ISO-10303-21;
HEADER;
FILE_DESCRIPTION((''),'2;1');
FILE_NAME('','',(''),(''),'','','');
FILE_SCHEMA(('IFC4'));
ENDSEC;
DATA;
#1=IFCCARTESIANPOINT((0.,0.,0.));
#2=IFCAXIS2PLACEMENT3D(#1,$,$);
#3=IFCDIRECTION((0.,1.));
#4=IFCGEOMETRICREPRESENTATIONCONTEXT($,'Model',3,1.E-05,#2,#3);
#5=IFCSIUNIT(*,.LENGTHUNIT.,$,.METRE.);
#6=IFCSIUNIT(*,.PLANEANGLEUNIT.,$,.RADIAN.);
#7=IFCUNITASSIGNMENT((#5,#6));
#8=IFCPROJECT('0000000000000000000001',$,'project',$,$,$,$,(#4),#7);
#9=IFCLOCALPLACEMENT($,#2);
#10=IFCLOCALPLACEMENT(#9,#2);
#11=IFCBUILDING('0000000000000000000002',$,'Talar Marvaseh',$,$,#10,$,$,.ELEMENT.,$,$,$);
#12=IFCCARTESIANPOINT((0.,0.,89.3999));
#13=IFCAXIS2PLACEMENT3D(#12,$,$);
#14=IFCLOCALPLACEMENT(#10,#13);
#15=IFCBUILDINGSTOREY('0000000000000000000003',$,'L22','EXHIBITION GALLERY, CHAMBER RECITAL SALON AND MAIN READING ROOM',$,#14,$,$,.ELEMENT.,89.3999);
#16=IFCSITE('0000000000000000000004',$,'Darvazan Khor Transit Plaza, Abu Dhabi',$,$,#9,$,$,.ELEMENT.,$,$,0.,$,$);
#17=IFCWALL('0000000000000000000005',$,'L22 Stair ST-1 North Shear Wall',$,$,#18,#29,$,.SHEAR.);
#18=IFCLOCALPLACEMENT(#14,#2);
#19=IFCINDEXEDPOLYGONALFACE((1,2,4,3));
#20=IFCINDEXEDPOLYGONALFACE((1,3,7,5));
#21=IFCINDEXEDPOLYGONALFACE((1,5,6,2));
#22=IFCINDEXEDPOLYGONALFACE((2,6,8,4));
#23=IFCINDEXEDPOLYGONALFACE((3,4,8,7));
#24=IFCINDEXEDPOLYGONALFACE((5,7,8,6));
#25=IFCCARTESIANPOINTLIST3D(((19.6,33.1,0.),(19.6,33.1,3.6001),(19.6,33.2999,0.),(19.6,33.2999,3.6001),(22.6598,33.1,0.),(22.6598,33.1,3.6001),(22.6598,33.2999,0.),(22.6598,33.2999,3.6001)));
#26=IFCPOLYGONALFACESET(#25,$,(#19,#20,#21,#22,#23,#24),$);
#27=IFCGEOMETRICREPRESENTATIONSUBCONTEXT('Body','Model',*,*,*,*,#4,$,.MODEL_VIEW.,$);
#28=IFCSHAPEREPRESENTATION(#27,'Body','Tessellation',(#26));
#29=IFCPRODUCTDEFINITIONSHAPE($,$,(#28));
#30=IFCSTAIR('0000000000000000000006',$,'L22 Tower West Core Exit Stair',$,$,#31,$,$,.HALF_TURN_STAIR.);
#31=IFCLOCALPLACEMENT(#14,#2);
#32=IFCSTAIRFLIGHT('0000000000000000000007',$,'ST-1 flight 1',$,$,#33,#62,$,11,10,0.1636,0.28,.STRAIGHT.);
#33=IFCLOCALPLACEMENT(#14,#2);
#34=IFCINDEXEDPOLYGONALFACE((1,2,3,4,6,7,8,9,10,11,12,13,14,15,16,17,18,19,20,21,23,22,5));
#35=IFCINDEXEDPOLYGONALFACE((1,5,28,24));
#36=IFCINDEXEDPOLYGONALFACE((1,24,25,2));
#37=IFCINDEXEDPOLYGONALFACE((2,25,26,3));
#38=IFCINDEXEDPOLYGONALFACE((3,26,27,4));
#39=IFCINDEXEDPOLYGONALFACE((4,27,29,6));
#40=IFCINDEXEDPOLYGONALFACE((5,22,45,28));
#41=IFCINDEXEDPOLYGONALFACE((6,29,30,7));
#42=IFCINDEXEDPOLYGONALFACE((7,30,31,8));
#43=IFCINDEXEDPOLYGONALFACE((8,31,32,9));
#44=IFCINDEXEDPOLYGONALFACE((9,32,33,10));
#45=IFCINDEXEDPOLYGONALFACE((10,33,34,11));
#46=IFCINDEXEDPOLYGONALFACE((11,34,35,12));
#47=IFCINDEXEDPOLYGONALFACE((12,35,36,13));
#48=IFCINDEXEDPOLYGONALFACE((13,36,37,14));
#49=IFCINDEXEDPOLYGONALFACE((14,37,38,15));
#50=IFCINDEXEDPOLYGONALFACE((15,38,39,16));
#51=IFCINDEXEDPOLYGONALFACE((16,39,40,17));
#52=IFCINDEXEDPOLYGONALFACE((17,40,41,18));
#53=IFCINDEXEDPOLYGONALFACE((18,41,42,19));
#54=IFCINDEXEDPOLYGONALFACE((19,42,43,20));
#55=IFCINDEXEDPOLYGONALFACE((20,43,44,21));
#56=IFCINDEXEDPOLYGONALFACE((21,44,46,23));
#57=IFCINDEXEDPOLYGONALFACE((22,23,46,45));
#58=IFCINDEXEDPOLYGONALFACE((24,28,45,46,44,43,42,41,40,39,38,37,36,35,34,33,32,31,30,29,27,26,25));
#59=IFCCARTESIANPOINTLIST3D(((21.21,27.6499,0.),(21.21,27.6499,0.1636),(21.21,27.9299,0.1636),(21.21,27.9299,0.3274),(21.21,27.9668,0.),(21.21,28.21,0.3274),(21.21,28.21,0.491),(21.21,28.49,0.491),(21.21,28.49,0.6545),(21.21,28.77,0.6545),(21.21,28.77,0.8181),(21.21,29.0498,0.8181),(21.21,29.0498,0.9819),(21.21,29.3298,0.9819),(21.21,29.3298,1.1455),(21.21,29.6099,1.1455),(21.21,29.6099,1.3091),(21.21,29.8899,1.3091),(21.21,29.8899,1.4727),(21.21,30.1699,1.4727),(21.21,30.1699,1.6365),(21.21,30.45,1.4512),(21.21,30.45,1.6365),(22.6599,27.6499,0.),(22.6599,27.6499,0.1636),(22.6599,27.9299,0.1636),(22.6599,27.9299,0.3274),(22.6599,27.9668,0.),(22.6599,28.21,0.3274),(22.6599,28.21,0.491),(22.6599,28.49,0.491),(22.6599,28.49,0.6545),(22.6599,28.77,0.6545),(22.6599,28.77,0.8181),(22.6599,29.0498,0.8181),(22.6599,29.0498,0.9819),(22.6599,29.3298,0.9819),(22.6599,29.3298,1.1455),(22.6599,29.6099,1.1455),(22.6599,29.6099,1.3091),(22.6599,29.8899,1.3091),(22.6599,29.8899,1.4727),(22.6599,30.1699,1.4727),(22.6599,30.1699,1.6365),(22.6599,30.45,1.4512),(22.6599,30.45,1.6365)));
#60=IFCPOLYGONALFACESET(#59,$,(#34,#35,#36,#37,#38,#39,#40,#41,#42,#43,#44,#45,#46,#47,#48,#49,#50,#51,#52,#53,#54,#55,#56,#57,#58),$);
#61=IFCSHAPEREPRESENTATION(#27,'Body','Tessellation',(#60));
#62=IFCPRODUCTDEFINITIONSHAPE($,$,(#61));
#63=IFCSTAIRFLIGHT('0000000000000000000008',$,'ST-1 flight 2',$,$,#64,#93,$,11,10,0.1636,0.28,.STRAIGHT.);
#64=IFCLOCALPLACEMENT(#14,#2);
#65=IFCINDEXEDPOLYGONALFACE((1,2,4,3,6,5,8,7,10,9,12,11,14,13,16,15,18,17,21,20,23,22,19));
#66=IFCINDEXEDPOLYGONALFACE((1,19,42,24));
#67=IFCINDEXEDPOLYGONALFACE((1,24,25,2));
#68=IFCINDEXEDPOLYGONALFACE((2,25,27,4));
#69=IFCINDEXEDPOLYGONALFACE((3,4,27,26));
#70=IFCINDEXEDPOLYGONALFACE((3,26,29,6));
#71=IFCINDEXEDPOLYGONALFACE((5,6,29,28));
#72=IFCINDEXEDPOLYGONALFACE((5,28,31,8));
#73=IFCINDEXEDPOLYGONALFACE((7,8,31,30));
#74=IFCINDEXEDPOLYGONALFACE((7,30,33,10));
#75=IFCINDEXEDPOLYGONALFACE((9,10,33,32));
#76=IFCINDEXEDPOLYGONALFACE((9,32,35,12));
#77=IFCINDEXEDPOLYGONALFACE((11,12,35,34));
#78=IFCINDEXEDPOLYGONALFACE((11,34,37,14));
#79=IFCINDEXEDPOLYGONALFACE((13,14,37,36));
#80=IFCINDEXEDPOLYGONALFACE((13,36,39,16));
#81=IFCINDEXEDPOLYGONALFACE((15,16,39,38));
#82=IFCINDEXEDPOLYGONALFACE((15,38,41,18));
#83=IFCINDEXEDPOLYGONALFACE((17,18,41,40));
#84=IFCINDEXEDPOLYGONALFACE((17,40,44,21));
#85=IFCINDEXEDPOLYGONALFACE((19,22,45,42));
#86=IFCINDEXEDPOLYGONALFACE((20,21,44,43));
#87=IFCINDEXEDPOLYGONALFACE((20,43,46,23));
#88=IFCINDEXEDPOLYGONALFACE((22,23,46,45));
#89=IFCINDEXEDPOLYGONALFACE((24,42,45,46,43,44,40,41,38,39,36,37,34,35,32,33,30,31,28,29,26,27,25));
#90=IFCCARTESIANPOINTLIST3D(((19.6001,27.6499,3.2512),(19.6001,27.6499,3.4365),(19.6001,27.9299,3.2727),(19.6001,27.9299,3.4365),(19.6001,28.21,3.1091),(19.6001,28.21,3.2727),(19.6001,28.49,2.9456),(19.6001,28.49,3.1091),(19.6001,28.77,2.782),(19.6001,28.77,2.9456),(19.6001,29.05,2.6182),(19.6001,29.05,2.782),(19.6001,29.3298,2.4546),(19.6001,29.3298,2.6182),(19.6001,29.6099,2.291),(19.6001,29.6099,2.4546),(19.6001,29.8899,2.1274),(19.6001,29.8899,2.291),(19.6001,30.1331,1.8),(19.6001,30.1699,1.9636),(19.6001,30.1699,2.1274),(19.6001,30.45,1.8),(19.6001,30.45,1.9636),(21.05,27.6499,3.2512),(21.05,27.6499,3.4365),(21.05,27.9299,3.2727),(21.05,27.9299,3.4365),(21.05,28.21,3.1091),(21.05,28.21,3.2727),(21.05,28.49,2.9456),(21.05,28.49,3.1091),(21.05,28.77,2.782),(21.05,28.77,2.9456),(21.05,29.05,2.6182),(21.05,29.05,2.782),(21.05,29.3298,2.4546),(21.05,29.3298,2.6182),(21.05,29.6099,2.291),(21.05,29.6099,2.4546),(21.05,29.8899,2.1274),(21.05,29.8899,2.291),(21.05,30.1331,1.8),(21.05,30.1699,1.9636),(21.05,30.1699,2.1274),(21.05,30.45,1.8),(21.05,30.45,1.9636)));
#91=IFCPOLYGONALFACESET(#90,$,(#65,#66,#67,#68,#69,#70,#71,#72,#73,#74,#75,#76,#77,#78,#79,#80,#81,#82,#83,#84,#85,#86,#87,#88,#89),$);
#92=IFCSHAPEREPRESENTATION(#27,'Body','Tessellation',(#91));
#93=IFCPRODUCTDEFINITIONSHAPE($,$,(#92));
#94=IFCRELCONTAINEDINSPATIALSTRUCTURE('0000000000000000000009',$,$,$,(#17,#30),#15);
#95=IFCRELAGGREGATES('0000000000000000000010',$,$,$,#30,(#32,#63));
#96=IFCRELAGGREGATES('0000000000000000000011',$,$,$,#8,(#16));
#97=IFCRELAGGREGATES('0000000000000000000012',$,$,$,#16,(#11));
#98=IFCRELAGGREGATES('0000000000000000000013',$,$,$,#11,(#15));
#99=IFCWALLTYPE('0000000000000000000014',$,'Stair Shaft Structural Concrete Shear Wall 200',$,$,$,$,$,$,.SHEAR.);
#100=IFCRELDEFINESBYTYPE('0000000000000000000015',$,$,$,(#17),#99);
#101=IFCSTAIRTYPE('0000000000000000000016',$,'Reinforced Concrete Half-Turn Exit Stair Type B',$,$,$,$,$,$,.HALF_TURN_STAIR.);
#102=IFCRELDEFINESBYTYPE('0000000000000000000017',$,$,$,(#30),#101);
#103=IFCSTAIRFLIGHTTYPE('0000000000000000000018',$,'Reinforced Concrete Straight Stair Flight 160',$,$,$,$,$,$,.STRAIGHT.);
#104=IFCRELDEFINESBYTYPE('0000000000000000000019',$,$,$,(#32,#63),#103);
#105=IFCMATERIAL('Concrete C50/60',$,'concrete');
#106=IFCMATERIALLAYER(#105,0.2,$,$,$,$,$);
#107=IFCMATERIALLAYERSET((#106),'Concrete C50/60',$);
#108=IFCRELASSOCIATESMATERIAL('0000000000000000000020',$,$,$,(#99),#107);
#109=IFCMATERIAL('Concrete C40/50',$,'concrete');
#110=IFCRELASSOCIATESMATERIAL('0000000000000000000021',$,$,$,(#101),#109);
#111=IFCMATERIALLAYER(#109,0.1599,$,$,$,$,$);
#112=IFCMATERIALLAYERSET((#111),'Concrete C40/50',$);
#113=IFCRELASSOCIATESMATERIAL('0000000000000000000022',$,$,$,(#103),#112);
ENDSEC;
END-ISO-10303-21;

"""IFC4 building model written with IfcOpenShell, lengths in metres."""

from ifc_helpers import new_model, si_unit, direction, frame, frame_2d, origin, place, context, subcontext, project, spatial, polyline, rectangle, outline, extrude, material, layer, layer_set, type_object, element, aggregate, save


model = new_model("IFC4")

# Units and contexts
model_context = context("Model", 3, precision=1e-05, world=origin(), true_north=direction((0.0, 1.0)))
body_context = subcontext(model_context, "Body", "Model", "MODEL_VIEW")
ifc_project = project(units=[si_unit("LENGTHUNIT", "METRE"), si_unit("PLANEANGLEUNIT", "RADIAN")], contexts=[model_context])

# Site, building, storey
site_placement = place(None, origin())
site = spatial("IfcSite", under=ifc_project, at=site_placement, Name="Darvazan Khor Transit Plaza, Abu Dhabi", CompositionType="ELEMENT", RefElevation=0.0)
building_placement = place(site_placement, origin())
building = spatial("IfcBuilding", under=site, at=building_placement, Name="Talar Marvaseh", CompositionType="ELEMENT")
storey_placement = place(building_placement, frame((0.0, 0.0, 89.3999)))
storey = spatial("IfcBuildingStorey", under=building, at=storey_placement, Name="L22", Description="EXHIBITION GALLERY, CHAMBER RECITAL SALON AND MAIN READING ROOM", CompositionType="ELEMENT", Elevation=89.3999)

# Wall
ifc_material_1 = material(Name="Concrete C50/60", Category="concrete")
ifc_layer_1 = layer(ifc_material_1, 0.2)
ifc_layer_set_1 = layer_set([ifc_layer_1], Name="Concrete C50/60")
wall_type_1 = type_object("IfcWallType", Name="Stair Shaft Structural Concrete Shear Wall 200", PredefinedType="SHEAR", material=ifc_layer_set_1)
wall_1_placement = place(storey_placement, frame((19.6001, 33.2, 0.0), z_axis=(0.0, 0.0, 1.0), x_axis=(1.0, 0.0, 0.0)))
element("IfcWall", 1, at=wall_1_placement, inside=storey, type_object=wall_type_1, Name="L22 Stair ST-1 North Shear Wall", PredefinedType="SHEAR", context=body_context, shape_type="SweptSolid", body=[
    extrude(rectangle(XDim=3.0598, YDim=0.2, at=frame_2d((1.5298, 0.0))), origin(), (0.0, 0.0, 1.0), 3.6001),
])

# Stair, stair flights
ifc_material_2 = material(Name="Concrete C40/50", Category="concrete")
stair_type = type_object("IfcStairType", Name="Reinforced Concrete Half-Turn Exit Stair Type B", PredefinedType="HALF_TURN_STAIR", material=ifc_material_2)
stair_placement = place(storey_placement, origin())
stair = element("IfcStair", 2, at=stair_placement, inside=storey, type_object=stair_type, Name="L22 Tower West Core Exit Stair", PredefinedType="HALF_TURN_STAIR")
ifc_layer_2 = layer(ifc_material_2, 0.1599)
ifc_layer_set_2 = layer_set([ifc_layer_2], Name="Concrete C40/50")
stair_flight_type = type_object("IfcStairFlightType", Name="Reinforced Concrete Straight Stair Flight 160", PredefinedType="STRAIGHT", material=ifc_layer_set_2)
stair_flight_1_placement = place(storey_placement, frame((21.9351, 27.6499, 0.0), z_axis=(0.0, 0.0, 1.0), x_axis=(0.0, 1.0, 0.0)))
stair_flight_1 = element("IfcStairFlight", 3, at=stair_flight_1_placement, type_object=stair_flight_type, Name="ST-1 flight 1", NumberOfRisers=11, NumberOfTreads=10, PredefinedType="STRAIGHT", RiserHeight=0.1636, TreadLength=0.28, context=body_context, shape_type="SweptSolid", body=[
    extrude(outline(polyline([(0.0, 0.0), (0.0, 0.1636), (0.28, 0.1636), (0.28, 0.3274), (0.5601, 0.3274), (0.5601, 0.491), (0.8401, 0.491), (0.8401, 0.6545), (1.1201, 0.6545), (1.1201, 0.8181), (1.3999, 0.8181), (1.3999, 0.9819), (1.6799, 0.9819), (1.6799, 1.1455), (1.96, 1.1455), (1.96, 1.3091), (2.24, 1.3091), (2.24, 1.4727), (2.52, 1.4727), (2.52, 1.6365), (2.8, 1.6365), (2.8, 1.8), (2.8, 1.4512), (0.3169, 0.0), (0.0, 0.0)])), frame((0.0, 0.7251, 0.0), z_axis=(0.0, -1.0, 0.0), x_axis=(1.0, 0.0, 0.0)), (0.0, 0.0, 1.0), 1.45),
])
stair_flight_2_placement = place(storey_placement, frame((20.325, 30.45, 1.8), z_axis=(0.0, 0.0, 1.0), x_axis=(0.0, -1.0, 0.0)))
stair_flight_2 = element("IfcStairFlight", 4, at=stair_flight_2_placement, type_object=stair_flight_type, Name="ST-1 flight 2", NumberOfRisers=11, NumberOfTreads=10, PredefinedType="STRAIGHT", RiserHeight=0.1636, TreadLength=0.28, context=body_context, shape_type="SweptSolid", body=[
    extrude(outline(polyline([(0.0, 0.0), (0.0, 0.1636), (0.28, 0.1636), (0.28, 0.3274), (0.5601, 0.3274), (0.5601, 0.491), (0.8401, 0.491), (0.8401, 0.6545), (1.1201, 0.6545), (1.1201, 0.8181), (1.3999, 0.8181), (1.3999, 0.9819), (1.6799, 0.9819), (1.6799, 1.1455), (1.96, 1.1455), (1.96, 1.3091), (2.24, 1.3091), (2.24, 1.4727), (2.52, 1.4727), (2.52, 1.6365), (2.8, 1.6365), (2.8, 1.8), (2.8, 1.4512), (0.3169, 0.0), (0.0, 0.0)])), frame((0.0, 0.7251, 0.0), z_axis=(0.0, -1.0, 0.0), x_axis=(1.0, 0.0, 0.0)), (0.0, 0.0, 1.0), 1.45),
])
aggregate(stair, [stair_flight_1, stair_flight_2])

save(model, "model.ifc")
